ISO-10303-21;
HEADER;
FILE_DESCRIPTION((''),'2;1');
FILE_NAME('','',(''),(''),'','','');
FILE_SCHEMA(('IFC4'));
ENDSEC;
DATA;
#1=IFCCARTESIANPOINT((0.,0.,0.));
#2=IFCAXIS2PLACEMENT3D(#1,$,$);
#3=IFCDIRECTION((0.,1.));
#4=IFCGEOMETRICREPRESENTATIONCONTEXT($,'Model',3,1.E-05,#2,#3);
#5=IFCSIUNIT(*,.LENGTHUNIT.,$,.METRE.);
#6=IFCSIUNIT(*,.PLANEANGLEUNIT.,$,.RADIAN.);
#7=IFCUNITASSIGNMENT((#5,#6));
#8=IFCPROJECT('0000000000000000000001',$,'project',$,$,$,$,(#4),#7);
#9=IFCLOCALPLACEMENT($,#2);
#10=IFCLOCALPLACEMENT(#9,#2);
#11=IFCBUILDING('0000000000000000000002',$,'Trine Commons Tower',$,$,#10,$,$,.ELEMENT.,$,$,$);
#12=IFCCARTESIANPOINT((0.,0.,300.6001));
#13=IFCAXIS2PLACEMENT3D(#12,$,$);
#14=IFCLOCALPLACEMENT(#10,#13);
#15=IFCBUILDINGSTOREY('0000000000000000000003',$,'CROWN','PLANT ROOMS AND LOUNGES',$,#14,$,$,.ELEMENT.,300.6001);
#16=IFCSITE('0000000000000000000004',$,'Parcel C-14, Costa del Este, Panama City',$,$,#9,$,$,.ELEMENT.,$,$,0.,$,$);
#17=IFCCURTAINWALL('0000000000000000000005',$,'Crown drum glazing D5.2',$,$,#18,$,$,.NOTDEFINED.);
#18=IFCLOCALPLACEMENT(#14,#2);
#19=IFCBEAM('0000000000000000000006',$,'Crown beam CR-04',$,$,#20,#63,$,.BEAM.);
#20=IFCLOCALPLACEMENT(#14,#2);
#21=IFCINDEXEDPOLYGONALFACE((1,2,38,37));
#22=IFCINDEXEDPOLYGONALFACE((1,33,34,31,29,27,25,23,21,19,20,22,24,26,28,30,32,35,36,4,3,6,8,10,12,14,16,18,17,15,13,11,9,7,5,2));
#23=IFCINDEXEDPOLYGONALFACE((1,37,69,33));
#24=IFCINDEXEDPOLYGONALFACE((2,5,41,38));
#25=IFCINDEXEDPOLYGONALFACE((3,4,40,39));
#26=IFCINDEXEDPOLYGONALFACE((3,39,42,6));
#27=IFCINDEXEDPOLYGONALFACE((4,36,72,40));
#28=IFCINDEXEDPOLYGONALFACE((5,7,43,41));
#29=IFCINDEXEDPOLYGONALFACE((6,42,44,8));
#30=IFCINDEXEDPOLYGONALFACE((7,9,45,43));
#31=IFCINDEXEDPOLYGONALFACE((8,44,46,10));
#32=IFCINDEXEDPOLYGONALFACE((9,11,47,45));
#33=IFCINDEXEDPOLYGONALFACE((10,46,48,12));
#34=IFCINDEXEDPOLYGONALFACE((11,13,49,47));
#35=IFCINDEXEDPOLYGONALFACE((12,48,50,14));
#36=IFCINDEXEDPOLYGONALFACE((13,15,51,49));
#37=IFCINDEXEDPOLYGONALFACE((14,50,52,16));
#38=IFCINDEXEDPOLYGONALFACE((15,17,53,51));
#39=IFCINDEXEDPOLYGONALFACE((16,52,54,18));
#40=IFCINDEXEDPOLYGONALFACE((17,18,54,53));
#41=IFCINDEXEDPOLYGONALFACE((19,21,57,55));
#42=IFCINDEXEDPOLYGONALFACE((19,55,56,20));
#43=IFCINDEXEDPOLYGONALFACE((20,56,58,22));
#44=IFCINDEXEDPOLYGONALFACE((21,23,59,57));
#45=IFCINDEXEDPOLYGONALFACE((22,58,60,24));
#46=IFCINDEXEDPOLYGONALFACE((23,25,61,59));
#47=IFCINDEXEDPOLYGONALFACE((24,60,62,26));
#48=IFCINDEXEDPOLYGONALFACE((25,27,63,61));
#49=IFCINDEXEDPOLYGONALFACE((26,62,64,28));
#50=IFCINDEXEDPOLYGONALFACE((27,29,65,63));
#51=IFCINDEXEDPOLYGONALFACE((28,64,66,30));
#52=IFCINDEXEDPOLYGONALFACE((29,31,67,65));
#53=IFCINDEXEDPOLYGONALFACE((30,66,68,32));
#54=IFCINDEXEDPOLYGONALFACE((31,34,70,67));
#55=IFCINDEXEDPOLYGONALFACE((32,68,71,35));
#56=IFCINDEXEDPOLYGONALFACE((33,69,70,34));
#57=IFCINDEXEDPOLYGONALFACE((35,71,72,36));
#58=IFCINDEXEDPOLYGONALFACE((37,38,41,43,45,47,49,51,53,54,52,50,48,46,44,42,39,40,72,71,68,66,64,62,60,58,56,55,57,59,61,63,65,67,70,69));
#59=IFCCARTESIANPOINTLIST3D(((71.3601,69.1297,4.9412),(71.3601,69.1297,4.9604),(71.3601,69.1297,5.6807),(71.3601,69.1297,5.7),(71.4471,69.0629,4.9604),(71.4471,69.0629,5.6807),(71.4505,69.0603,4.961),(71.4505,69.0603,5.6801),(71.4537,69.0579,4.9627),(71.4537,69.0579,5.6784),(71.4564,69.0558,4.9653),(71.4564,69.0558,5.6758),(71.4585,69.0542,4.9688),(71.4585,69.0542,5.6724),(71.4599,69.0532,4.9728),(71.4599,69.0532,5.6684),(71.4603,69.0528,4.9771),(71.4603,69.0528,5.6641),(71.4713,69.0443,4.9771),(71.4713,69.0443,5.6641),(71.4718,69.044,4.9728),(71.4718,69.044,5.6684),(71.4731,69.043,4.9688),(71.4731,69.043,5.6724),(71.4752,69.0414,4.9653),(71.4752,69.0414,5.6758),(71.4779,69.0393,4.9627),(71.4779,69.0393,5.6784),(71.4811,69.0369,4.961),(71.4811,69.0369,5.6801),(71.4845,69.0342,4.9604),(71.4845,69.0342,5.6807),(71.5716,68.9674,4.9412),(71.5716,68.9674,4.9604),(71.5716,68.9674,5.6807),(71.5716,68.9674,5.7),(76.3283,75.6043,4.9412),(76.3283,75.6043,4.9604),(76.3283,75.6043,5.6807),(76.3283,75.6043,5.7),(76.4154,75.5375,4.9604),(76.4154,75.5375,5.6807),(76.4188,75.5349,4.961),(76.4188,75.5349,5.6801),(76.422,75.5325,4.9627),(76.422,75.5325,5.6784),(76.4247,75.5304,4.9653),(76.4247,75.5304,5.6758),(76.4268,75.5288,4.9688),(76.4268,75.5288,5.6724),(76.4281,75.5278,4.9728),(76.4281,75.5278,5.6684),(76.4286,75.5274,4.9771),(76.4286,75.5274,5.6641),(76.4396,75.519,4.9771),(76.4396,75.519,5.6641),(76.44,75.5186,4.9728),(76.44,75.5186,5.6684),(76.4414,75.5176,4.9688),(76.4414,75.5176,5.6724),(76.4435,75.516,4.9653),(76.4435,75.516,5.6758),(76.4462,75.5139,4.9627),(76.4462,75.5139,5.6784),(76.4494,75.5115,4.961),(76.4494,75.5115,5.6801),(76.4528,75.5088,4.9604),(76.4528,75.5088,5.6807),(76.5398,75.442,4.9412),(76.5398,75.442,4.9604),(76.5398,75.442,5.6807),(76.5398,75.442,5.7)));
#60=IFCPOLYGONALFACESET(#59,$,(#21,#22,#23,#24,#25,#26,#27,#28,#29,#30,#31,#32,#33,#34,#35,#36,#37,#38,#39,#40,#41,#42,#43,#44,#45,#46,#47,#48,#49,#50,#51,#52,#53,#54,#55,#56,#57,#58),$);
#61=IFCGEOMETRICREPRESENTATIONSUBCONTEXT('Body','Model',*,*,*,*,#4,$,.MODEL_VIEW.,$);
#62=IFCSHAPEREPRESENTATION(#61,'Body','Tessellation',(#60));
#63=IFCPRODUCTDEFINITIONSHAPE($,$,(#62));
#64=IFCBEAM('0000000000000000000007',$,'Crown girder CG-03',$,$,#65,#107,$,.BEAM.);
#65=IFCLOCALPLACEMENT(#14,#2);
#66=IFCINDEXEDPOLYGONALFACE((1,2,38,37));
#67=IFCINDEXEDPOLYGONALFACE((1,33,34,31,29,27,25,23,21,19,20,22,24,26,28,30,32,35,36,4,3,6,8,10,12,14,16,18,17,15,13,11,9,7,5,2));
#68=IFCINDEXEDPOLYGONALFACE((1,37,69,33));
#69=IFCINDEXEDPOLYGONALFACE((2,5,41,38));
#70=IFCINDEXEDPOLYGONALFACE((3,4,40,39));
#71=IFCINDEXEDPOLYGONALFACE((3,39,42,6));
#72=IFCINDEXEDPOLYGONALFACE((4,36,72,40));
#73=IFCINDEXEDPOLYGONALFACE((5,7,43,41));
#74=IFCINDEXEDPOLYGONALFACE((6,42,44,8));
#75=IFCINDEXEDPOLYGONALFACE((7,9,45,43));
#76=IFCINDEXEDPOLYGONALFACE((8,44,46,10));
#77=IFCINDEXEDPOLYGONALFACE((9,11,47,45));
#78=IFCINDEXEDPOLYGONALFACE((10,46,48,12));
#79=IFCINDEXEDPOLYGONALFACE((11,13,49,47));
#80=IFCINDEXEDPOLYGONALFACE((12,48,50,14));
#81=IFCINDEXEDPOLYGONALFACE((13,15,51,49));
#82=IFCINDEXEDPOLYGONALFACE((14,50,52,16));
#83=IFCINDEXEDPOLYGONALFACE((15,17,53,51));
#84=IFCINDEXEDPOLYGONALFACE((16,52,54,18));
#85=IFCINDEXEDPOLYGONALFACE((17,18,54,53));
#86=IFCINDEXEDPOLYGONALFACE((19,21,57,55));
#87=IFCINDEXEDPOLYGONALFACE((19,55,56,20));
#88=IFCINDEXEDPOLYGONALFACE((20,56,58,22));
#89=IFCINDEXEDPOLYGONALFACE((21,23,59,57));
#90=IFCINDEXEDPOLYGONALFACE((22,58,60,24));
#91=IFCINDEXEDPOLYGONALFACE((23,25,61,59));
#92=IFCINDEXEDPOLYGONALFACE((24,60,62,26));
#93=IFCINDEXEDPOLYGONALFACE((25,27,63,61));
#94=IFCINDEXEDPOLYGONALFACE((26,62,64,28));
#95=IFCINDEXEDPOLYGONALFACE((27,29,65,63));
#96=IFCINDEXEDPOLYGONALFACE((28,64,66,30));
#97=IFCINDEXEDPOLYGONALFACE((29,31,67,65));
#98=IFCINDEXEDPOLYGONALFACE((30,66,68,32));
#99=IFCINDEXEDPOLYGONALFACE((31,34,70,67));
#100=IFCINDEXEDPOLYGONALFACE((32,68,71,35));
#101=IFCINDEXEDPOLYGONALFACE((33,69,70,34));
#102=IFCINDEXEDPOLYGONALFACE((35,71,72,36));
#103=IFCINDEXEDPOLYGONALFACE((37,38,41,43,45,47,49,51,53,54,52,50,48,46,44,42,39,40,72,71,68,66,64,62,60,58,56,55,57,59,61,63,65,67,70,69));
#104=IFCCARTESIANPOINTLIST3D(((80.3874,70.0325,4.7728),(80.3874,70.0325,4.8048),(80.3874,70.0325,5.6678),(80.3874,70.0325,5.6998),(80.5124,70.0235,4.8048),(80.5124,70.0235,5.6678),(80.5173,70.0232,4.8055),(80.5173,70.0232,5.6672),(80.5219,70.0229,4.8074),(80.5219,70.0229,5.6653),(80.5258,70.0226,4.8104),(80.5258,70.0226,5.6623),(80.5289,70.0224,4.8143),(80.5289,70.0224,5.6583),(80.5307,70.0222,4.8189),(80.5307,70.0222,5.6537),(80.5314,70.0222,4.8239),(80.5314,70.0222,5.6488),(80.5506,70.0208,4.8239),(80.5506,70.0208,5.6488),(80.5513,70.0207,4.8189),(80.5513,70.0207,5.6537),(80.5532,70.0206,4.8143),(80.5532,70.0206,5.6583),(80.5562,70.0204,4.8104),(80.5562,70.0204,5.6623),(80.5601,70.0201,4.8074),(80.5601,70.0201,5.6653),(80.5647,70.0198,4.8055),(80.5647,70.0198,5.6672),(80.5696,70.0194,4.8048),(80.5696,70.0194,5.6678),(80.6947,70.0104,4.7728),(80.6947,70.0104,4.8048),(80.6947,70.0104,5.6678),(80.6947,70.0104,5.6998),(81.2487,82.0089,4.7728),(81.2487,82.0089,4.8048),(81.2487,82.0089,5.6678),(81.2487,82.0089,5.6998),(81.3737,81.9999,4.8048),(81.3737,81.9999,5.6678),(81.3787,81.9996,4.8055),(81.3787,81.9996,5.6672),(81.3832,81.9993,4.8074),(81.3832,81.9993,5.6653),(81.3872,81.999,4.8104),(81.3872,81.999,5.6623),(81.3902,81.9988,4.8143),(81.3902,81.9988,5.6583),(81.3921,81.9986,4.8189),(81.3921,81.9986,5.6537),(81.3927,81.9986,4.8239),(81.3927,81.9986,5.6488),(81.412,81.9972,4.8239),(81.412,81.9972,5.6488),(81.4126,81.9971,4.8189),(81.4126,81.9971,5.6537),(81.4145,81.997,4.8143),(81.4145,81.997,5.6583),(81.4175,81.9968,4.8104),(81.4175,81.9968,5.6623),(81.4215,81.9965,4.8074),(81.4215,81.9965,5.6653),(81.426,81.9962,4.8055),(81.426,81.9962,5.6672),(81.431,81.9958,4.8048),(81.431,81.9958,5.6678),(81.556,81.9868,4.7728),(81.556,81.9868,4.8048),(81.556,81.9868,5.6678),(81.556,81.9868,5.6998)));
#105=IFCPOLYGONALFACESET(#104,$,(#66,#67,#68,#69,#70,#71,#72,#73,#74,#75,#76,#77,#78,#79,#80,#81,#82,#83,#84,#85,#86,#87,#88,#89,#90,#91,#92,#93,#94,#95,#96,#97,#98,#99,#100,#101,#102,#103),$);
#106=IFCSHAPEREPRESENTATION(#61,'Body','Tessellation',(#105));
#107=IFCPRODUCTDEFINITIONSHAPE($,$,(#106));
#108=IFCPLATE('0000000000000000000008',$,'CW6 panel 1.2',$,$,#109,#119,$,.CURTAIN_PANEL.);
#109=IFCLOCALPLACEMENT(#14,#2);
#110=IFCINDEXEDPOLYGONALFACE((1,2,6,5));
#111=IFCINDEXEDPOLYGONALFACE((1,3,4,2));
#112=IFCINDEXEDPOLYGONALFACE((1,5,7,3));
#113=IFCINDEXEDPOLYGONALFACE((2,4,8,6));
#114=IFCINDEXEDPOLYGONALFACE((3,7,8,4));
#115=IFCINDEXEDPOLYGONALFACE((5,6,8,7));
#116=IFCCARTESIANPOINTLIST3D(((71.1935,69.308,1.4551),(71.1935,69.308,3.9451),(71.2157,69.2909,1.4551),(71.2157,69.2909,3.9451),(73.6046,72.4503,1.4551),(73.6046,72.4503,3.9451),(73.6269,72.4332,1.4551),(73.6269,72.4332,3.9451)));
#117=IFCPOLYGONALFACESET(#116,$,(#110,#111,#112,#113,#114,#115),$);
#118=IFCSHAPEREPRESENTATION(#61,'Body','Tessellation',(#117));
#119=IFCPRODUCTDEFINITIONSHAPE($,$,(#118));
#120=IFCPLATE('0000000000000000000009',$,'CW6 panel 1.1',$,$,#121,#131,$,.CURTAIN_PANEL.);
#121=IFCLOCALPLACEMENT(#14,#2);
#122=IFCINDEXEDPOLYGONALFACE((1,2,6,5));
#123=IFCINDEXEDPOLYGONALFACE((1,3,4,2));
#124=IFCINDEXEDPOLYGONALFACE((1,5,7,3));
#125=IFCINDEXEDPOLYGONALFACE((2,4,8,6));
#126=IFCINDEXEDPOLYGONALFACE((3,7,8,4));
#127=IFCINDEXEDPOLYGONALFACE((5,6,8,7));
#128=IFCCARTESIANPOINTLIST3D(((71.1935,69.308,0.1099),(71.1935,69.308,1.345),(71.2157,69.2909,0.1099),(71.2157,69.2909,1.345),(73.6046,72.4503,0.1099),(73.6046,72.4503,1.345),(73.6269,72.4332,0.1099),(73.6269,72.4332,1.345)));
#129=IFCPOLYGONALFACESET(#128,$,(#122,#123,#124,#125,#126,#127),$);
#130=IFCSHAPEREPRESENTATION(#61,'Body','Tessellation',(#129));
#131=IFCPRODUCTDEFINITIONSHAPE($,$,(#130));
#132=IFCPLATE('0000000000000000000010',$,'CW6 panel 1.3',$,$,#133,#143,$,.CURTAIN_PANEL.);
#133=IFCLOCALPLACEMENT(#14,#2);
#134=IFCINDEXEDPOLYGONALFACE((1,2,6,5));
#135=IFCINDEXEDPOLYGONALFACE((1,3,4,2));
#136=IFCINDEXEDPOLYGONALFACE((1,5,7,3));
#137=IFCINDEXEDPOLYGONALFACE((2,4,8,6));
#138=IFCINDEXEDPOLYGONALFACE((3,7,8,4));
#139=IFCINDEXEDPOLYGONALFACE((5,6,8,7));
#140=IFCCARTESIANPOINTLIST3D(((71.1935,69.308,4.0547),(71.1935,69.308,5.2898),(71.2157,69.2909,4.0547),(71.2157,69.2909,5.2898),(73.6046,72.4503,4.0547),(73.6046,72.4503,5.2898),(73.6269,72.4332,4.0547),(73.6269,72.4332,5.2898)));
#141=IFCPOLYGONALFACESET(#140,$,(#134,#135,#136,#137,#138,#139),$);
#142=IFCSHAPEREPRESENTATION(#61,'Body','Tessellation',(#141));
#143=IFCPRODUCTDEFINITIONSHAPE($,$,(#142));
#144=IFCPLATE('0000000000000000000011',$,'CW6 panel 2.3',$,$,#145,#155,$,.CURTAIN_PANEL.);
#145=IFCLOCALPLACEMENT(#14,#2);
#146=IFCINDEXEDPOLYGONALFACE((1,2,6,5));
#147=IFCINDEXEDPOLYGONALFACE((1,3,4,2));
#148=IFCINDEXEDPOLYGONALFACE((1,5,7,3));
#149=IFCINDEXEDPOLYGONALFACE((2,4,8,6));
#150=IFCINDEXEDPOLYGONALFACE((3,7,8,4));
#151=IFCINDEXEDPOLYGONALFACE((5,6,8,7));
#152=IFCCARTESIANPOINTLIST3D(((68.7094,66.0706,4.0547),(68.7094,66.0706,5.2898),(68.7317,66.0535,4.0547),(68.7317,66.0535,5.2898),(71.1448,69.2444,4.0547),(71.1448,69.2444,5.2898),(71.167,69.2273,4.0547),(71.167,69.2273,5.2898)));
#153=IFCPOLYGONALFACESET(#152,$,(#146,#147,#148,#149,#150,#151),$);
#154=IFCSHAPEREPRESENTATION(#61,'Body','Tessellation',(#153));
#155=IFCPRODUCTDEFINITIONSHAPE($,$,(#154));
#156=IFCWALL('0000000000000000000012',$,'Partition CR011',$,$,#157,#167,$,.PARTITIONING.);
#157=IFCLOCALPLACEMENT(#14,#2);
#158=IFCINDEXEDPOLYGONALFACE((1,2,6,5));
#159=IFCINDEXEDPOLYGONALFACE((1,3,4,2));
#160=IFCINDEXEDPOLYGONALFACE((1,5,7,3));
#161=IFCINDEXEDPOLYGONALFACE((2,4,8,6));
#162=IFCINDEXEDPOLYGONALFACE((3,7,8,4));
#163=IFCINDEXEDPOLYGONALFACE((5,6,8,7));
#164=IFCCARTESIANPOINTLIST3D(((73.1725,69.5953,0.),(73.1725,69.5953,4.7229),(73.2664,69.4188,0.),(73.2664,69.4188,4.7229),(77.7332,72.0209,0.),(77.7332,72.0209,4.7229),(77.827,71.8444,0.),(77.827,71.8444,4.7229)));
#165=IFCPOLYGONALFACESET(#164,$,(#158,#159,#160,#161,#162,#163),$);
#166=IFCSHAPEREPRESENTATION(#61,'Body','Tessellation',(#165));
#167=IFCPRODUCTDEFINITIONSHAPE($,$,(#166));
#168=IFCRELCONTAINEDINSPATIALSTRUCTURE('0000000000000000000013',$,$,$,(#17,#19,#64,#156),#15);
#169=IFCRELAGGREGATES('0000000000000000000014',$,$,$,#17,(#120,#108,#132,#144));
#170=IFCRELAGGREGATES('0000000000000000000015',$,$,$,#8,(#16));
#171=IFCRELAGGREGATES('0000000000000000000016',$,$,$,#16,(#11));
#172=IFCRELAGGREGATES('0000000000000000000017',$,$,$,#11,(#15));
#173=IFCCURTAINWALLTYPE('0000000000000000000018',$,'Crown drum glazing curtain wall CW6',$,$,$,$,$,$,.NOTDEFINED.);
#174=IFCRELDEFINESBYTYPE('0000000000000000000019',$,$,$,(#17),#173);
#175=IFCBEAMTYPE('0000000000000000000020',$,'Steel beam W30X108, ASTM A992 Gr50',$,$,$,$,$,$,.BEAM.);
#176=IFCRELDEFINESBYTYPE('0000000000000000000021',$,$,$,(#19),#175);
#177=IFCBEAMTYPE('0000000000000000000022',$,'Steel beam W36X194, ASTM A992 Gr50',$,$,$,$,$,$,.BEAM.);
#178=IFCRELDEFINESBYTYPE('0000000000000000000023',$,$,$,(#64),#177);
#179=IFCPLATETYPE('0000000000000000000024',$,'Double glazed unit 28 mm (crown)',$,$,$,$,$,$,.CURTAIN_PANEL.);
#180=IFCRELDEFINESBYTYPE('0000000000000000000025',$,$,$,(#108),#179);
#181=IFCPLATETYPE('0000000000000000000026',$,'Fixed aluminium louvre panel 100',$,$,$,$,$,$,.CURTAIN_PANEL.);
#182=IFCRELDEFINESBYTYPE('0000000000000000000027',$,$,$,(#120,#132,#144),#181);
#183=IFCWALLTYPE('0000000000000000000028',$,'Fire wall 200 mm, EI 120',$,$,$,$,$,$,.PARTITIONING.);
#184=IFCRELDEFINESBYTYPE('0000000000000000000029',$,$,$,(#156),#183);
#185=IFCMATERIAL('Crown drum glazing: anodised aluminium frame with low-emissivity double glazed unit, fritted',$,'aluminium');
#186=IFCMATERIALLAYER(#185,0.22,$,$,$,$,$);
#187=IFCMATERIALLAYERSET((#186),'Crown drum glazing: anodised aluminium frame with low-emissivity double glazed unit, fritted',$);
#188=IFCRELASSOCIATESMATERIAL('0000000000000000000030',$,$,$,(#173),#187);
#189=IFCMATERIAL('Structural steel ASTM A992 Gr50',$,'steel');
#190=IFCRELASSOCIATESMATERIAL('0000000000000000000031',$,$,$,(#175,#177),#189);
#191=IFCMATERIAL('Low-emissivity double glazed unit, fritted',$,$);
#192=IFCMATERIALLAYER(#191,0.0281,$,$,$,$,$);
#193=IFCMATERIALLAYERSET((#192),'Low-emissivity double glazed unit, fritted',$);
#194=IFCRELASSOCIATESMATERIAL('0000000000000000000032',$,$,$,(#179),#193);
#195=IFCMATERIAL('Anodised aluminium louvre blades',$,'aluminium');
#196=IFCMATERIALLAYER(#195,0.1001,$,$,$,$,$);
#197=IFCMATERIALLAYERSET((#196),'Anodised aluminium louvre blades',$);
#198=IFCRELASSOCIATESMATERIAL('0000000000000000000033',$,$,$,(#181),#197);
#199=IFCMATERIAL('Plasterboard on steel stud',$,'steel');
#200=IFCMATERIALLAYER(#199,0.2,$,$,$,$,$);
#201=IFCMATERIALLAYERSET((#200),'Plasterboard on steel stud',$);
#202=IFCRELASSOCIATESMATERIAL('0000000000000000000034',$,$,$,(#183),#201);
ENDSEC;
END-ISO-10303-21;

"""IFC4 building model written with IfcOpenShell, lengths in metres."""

from ifc_helpers import new_model, si_unit, direction, frame, frame_2d, origin, origin_2d, place, context, subcontext, project, spatial, rectangle, i_section, extrude, material, layer, layer_set, material_profile, profile_set, type_object, element, aggregate, save


model = new_model("IFC4")

# Units and contexts
model_context = context("Model", 3, precision=1e-05, world=origin(), true_north=direction((0.0, 1.0)))
body_context = subcontext(model_context, "Body", "Model", "MODEL_VIEW")
ifc_project = project(units=[si_unit("LENGTHUNIT", "METRE"), si_unit("PLANEANGLEUNIT", "RADIAN")], contexts=[model_context])

# Site, building, storey
site_placement = place(None, origin())
site = spatial("IfcSite", under=ifc_project, at=site_placement, Name="Parcel C-14, Costa del Este, Panama City", CompositionType="ELEMENT", RefElevation=0.0)
building_placement = place(site_placement, origin())
building = spatial("IfcBuilding", under=site, at=building_placement, Name="Trine Commons Tower", CompositionType="ELEMENT")
storey_placement = place(building_placement, frame((0.0, 0.0, 300.6001)))
storey = spatial("IfcBuildingStorey", under=building, at=storey_placement, Name="CROWN", Description="PLANT ROOMS AND LOUNGES", CompositionType="ELEMENT", Elevation=300.6001)

# Shared definitions
ifc_material_1 = material(Name="Structural steel ASTM A992 Gr50", Category="steel")

# Curtain wall
ifc_material_2 = material(Name="Crown drum glazing: anodised aluminium frame with low-emissivity double glazed unit, fritted", Category="aluminium")
ifc_layer_1 = layer(ifc_material_2, 0.22)
ifc_layer_set_1 = layer_set([ifc_layer_1], Name="Crown drum glazing: anodised aluminium frame with low-emissivity double glazed unit, fritted")
curtain_wall_type = type_object("IfcCurtainWallType", Name="Crown drum glazing curtain wall CW6", PredefinedType="NOTDEFINED", material=ifc_layer_set_1)
curtain_wall_placement = place(storey_placement, origin())
curtain_wall = element("IfcCurtainWall", 1, at=curtain_wall_placement, inside=storey, type_object=curtain_wall_type, Name="Crown drum glazing D5.2", PredefinedType="NOTDEFINED")

# Beams
ifc_material_profile_1 = material_profile(ifc_material_1, i_section(OverallWidth=0.2666, OverallDepth=0.7588, WebThickness=0.0139, FlangeThickness=0.0193, FilletRadius=0.0166, at=origin_2d()), Name="W30X108")
ifc_profile_set_1 = profile_set([ifc_material_profile_1], Name="Structural steel ASTM A992 Gr50")
beam_type_1 = type_object("IfcBeamType", Name="Steel beam W30X108, ASTM A992 Gr50", PredefinedType="BEAM", material=ifc_profile_set_1)
beam_1_placement = place(storey_placement, frame((71.4658, 69.0486, 5.3206), z_axis=(0.608771, 0.793346, 0.0), x_axis=(-0.793346, 0.608771, 0.0)))
element("IfcBeam", 2, at=beam_1_placement, inside=storey, type_object=beam_type_1, Name="Crown beam CR-04", PredefinedType="BEAM", context=body_context, shape_type="SweptSolid", body=[
    extrude(i_section(OverallWidth=0.2666, OverallDepth=0.7588, WebThickness=0.0139, FlangeThickness=0.0193, FilletRadius=0.0166, at=origin_2d()), origin(), (0.0, 0.0, 1.0), 8.1611),
])
ifc_material_profile_2 = material_profile(ifc_material_1, i_section(OverallWidth=0.3081, OverallDepth=0.927, WebThickness=0.0193, FlangeThickness=0.032, FilletRadius=0.019, at=origin_2d()), Name="W36X194")
ifc_profile_set_2 = profile_set([ifc_material_profile_2], Name="Structural steel ASTM A992 Gr50")
beam_type_2 = type_object("IfcBeamType", Name="Steel beam W36X194, ASTM A992 Gr50", PredefinedType="BEAM", material=ifc_profile_set_2)
beam_2_placement = place(storey_placement, frame((80.541, 70.0215, 5.2363), z_axis=(0.071734, 0.997424, 0.0), x_axis=(-0.997424, 0.071734, 0.0)))
element("IfcBeam", 3, at=beam_2_placement, inside=storey, type_object=beam_type_2, Name="Crown girder CG-03", PredefinedType="BEAM", context=body_context, shape_type="SweptSolid", body=[
    extrude(i_section(OverallWidth=0.3081, OverallDepth=0.927, WebThickness=0.0193, FlangeThickness=0.032, FilletRadius=0.019, at=origin_2d()), origin(), (0.0, 0.0, 1.0), 12.0073),
])

# Plates
ifc_material_3 = material(Name="Low-emissivity double glazed unit, fritted")
ifc_layer_2 = layer(ifc_material_3, 0.0281)
ifc_layer_set_2 = layer_set([ifc_layer_2], Name="Low-emissivity double glazed unit, fritted")
plate_type_1 = type_object("IfcPlateType", Name="Double glazed unit 28 mm (crown)", PredefinedType="CURTAIN_PANEL", material=ifc_layer_set_2)
plate_1_placement = place(storey_placement, frame((72.4102, 70.8706, 1.4551), z_axis=(0.0, 0.0, 1.0), x_axis=(-0.608761, -0.793353, 0.0)))
plate_1 = element("IfcPlate", 4, at=plate_1_placement, type_object=plate_type_1, Name="CW6 panel 1.2", PredefinedType="CURTAIN_PANEL", context=body_context, shape_type="SweptSolid", body=[
    extrude(rectangle(XDim=3.9607, YDim=0.0281, at=origin_2d()), origin(), (0.0, 0.0, 1.0), 2.49),
])
ifc_material_4 = material(Name="Anodised aluminium louvre blades", Category="aluminium")
ifc_layer_3 = layer(ifc_material_4, 0.1001)
ifc_layer_set_3 = layer_set([ifc_layer_3], Name="Anodised aluminium louvre blades")
plate_type_2 = type_object("IfcPlateType", Name="Fixed aluminium louvre panel 100", PredefinedType="CURTAIN_PANEL", material=ifc_layer_set_3)
plate_2_placement = place(storey_placement, frame((72.4102, 70.8706, 0.1099), z_axis=(0.0, 0.0, 1.0), x_axis=(-0.608761, -0.793353, 0.0)))
plate_2 = element("IfcPlate", 5, at=plate_2_placement, type_object=plate_type_2, Name="CW6 panel 1.1", PredefinedType="CURTAIN_PANEL", context=body_context, shape_type="SweptSolid", body=[
    extrude(rectangle(XDim=3.9607, YDim=0.0281, at=origin_2d()), origin(), (0.0, 0.0, 1.0), 1.2351),
])
plate_3_placement = place(storey_placement, frame((72.4102, 70.8706, 4.0547), z_axis=(0.0, 0.0, 1.0), x_axis=(-0.608761, -0.793353, 0.0)))
plate_3 = element("IfcPlate", 6, at=plate_3_placement, type_object=plate_type_2, Name="CW6 panel 1.3", PredefinedType="CURTAIN_PANEL", context=body_context, shape_type="SweptSolid", body=[
    extrude(rectangle(XDim=3.9607, YDim=0.0281, at=origin_2d()), origin(), (0.0, 0.0, 1.0), 1.2351),
])
plate_4_placement = place(storey_placement, frame((69.9382, 67.6489, 4.0547), z_axis=(0.0, 0.0, 1.0), x_axis=(-0.608761, -0.793353, 0.0)))
plate_4 = element("IfcPlate", 7, at=plate_4_placement, type_object=plate_type_2, Name="CW6 panel 2.3", PredefinedType="CURTAIN_PANEL", context=body_context, shape_type="SweptSolid", body=[
    extrude(rectangle(XDim=4.0005, YDim=0.0281, at=origin_2d()), origin(), (0.0, 0.0, 1.0), 1.2351),
])
aggregate(curtain_wall, [plate_2, plate_1, plate_3, plate_4])

# Wall
ifc_material_5 = material(Name="Plasterboard on steel stud", Category="steel")
ifc_layer_4 = layer(ifc_material_5, 0.2)
ifc_layer_set_4 = layer_set([ifc_layer_4], Name="Plasterboard on steel stud")
wall_type_1 = type_object("IfcWallType", Name="Fire wall 200 mm, EI 120", PredefinedType="PARTITIONING", material=ifc_layer_set_4)
wall_1_placement = place(storey_placement, frame((73.2195, 69.5071, 0.0), z_axis=(0.0, 0.0, 1.0), x_axis=(0.882895, 0.46957, 0.0)))
element("IfcWall", 8, at=wall_1_placement, inside=storey, type_object=wall_type_1, Name="Partition CR011", PredefinedType="PARTITIONING", context=body_context, shape_type="SweptSolid", body=[
    extrude(rectangle(XDim=5.1655, YDim=0.2, at=frame_2d((2.5828, 0.0))), origin(), (0.0, 0.0, 1.0), 4.7229),
])

save(model, "model.ifc")
